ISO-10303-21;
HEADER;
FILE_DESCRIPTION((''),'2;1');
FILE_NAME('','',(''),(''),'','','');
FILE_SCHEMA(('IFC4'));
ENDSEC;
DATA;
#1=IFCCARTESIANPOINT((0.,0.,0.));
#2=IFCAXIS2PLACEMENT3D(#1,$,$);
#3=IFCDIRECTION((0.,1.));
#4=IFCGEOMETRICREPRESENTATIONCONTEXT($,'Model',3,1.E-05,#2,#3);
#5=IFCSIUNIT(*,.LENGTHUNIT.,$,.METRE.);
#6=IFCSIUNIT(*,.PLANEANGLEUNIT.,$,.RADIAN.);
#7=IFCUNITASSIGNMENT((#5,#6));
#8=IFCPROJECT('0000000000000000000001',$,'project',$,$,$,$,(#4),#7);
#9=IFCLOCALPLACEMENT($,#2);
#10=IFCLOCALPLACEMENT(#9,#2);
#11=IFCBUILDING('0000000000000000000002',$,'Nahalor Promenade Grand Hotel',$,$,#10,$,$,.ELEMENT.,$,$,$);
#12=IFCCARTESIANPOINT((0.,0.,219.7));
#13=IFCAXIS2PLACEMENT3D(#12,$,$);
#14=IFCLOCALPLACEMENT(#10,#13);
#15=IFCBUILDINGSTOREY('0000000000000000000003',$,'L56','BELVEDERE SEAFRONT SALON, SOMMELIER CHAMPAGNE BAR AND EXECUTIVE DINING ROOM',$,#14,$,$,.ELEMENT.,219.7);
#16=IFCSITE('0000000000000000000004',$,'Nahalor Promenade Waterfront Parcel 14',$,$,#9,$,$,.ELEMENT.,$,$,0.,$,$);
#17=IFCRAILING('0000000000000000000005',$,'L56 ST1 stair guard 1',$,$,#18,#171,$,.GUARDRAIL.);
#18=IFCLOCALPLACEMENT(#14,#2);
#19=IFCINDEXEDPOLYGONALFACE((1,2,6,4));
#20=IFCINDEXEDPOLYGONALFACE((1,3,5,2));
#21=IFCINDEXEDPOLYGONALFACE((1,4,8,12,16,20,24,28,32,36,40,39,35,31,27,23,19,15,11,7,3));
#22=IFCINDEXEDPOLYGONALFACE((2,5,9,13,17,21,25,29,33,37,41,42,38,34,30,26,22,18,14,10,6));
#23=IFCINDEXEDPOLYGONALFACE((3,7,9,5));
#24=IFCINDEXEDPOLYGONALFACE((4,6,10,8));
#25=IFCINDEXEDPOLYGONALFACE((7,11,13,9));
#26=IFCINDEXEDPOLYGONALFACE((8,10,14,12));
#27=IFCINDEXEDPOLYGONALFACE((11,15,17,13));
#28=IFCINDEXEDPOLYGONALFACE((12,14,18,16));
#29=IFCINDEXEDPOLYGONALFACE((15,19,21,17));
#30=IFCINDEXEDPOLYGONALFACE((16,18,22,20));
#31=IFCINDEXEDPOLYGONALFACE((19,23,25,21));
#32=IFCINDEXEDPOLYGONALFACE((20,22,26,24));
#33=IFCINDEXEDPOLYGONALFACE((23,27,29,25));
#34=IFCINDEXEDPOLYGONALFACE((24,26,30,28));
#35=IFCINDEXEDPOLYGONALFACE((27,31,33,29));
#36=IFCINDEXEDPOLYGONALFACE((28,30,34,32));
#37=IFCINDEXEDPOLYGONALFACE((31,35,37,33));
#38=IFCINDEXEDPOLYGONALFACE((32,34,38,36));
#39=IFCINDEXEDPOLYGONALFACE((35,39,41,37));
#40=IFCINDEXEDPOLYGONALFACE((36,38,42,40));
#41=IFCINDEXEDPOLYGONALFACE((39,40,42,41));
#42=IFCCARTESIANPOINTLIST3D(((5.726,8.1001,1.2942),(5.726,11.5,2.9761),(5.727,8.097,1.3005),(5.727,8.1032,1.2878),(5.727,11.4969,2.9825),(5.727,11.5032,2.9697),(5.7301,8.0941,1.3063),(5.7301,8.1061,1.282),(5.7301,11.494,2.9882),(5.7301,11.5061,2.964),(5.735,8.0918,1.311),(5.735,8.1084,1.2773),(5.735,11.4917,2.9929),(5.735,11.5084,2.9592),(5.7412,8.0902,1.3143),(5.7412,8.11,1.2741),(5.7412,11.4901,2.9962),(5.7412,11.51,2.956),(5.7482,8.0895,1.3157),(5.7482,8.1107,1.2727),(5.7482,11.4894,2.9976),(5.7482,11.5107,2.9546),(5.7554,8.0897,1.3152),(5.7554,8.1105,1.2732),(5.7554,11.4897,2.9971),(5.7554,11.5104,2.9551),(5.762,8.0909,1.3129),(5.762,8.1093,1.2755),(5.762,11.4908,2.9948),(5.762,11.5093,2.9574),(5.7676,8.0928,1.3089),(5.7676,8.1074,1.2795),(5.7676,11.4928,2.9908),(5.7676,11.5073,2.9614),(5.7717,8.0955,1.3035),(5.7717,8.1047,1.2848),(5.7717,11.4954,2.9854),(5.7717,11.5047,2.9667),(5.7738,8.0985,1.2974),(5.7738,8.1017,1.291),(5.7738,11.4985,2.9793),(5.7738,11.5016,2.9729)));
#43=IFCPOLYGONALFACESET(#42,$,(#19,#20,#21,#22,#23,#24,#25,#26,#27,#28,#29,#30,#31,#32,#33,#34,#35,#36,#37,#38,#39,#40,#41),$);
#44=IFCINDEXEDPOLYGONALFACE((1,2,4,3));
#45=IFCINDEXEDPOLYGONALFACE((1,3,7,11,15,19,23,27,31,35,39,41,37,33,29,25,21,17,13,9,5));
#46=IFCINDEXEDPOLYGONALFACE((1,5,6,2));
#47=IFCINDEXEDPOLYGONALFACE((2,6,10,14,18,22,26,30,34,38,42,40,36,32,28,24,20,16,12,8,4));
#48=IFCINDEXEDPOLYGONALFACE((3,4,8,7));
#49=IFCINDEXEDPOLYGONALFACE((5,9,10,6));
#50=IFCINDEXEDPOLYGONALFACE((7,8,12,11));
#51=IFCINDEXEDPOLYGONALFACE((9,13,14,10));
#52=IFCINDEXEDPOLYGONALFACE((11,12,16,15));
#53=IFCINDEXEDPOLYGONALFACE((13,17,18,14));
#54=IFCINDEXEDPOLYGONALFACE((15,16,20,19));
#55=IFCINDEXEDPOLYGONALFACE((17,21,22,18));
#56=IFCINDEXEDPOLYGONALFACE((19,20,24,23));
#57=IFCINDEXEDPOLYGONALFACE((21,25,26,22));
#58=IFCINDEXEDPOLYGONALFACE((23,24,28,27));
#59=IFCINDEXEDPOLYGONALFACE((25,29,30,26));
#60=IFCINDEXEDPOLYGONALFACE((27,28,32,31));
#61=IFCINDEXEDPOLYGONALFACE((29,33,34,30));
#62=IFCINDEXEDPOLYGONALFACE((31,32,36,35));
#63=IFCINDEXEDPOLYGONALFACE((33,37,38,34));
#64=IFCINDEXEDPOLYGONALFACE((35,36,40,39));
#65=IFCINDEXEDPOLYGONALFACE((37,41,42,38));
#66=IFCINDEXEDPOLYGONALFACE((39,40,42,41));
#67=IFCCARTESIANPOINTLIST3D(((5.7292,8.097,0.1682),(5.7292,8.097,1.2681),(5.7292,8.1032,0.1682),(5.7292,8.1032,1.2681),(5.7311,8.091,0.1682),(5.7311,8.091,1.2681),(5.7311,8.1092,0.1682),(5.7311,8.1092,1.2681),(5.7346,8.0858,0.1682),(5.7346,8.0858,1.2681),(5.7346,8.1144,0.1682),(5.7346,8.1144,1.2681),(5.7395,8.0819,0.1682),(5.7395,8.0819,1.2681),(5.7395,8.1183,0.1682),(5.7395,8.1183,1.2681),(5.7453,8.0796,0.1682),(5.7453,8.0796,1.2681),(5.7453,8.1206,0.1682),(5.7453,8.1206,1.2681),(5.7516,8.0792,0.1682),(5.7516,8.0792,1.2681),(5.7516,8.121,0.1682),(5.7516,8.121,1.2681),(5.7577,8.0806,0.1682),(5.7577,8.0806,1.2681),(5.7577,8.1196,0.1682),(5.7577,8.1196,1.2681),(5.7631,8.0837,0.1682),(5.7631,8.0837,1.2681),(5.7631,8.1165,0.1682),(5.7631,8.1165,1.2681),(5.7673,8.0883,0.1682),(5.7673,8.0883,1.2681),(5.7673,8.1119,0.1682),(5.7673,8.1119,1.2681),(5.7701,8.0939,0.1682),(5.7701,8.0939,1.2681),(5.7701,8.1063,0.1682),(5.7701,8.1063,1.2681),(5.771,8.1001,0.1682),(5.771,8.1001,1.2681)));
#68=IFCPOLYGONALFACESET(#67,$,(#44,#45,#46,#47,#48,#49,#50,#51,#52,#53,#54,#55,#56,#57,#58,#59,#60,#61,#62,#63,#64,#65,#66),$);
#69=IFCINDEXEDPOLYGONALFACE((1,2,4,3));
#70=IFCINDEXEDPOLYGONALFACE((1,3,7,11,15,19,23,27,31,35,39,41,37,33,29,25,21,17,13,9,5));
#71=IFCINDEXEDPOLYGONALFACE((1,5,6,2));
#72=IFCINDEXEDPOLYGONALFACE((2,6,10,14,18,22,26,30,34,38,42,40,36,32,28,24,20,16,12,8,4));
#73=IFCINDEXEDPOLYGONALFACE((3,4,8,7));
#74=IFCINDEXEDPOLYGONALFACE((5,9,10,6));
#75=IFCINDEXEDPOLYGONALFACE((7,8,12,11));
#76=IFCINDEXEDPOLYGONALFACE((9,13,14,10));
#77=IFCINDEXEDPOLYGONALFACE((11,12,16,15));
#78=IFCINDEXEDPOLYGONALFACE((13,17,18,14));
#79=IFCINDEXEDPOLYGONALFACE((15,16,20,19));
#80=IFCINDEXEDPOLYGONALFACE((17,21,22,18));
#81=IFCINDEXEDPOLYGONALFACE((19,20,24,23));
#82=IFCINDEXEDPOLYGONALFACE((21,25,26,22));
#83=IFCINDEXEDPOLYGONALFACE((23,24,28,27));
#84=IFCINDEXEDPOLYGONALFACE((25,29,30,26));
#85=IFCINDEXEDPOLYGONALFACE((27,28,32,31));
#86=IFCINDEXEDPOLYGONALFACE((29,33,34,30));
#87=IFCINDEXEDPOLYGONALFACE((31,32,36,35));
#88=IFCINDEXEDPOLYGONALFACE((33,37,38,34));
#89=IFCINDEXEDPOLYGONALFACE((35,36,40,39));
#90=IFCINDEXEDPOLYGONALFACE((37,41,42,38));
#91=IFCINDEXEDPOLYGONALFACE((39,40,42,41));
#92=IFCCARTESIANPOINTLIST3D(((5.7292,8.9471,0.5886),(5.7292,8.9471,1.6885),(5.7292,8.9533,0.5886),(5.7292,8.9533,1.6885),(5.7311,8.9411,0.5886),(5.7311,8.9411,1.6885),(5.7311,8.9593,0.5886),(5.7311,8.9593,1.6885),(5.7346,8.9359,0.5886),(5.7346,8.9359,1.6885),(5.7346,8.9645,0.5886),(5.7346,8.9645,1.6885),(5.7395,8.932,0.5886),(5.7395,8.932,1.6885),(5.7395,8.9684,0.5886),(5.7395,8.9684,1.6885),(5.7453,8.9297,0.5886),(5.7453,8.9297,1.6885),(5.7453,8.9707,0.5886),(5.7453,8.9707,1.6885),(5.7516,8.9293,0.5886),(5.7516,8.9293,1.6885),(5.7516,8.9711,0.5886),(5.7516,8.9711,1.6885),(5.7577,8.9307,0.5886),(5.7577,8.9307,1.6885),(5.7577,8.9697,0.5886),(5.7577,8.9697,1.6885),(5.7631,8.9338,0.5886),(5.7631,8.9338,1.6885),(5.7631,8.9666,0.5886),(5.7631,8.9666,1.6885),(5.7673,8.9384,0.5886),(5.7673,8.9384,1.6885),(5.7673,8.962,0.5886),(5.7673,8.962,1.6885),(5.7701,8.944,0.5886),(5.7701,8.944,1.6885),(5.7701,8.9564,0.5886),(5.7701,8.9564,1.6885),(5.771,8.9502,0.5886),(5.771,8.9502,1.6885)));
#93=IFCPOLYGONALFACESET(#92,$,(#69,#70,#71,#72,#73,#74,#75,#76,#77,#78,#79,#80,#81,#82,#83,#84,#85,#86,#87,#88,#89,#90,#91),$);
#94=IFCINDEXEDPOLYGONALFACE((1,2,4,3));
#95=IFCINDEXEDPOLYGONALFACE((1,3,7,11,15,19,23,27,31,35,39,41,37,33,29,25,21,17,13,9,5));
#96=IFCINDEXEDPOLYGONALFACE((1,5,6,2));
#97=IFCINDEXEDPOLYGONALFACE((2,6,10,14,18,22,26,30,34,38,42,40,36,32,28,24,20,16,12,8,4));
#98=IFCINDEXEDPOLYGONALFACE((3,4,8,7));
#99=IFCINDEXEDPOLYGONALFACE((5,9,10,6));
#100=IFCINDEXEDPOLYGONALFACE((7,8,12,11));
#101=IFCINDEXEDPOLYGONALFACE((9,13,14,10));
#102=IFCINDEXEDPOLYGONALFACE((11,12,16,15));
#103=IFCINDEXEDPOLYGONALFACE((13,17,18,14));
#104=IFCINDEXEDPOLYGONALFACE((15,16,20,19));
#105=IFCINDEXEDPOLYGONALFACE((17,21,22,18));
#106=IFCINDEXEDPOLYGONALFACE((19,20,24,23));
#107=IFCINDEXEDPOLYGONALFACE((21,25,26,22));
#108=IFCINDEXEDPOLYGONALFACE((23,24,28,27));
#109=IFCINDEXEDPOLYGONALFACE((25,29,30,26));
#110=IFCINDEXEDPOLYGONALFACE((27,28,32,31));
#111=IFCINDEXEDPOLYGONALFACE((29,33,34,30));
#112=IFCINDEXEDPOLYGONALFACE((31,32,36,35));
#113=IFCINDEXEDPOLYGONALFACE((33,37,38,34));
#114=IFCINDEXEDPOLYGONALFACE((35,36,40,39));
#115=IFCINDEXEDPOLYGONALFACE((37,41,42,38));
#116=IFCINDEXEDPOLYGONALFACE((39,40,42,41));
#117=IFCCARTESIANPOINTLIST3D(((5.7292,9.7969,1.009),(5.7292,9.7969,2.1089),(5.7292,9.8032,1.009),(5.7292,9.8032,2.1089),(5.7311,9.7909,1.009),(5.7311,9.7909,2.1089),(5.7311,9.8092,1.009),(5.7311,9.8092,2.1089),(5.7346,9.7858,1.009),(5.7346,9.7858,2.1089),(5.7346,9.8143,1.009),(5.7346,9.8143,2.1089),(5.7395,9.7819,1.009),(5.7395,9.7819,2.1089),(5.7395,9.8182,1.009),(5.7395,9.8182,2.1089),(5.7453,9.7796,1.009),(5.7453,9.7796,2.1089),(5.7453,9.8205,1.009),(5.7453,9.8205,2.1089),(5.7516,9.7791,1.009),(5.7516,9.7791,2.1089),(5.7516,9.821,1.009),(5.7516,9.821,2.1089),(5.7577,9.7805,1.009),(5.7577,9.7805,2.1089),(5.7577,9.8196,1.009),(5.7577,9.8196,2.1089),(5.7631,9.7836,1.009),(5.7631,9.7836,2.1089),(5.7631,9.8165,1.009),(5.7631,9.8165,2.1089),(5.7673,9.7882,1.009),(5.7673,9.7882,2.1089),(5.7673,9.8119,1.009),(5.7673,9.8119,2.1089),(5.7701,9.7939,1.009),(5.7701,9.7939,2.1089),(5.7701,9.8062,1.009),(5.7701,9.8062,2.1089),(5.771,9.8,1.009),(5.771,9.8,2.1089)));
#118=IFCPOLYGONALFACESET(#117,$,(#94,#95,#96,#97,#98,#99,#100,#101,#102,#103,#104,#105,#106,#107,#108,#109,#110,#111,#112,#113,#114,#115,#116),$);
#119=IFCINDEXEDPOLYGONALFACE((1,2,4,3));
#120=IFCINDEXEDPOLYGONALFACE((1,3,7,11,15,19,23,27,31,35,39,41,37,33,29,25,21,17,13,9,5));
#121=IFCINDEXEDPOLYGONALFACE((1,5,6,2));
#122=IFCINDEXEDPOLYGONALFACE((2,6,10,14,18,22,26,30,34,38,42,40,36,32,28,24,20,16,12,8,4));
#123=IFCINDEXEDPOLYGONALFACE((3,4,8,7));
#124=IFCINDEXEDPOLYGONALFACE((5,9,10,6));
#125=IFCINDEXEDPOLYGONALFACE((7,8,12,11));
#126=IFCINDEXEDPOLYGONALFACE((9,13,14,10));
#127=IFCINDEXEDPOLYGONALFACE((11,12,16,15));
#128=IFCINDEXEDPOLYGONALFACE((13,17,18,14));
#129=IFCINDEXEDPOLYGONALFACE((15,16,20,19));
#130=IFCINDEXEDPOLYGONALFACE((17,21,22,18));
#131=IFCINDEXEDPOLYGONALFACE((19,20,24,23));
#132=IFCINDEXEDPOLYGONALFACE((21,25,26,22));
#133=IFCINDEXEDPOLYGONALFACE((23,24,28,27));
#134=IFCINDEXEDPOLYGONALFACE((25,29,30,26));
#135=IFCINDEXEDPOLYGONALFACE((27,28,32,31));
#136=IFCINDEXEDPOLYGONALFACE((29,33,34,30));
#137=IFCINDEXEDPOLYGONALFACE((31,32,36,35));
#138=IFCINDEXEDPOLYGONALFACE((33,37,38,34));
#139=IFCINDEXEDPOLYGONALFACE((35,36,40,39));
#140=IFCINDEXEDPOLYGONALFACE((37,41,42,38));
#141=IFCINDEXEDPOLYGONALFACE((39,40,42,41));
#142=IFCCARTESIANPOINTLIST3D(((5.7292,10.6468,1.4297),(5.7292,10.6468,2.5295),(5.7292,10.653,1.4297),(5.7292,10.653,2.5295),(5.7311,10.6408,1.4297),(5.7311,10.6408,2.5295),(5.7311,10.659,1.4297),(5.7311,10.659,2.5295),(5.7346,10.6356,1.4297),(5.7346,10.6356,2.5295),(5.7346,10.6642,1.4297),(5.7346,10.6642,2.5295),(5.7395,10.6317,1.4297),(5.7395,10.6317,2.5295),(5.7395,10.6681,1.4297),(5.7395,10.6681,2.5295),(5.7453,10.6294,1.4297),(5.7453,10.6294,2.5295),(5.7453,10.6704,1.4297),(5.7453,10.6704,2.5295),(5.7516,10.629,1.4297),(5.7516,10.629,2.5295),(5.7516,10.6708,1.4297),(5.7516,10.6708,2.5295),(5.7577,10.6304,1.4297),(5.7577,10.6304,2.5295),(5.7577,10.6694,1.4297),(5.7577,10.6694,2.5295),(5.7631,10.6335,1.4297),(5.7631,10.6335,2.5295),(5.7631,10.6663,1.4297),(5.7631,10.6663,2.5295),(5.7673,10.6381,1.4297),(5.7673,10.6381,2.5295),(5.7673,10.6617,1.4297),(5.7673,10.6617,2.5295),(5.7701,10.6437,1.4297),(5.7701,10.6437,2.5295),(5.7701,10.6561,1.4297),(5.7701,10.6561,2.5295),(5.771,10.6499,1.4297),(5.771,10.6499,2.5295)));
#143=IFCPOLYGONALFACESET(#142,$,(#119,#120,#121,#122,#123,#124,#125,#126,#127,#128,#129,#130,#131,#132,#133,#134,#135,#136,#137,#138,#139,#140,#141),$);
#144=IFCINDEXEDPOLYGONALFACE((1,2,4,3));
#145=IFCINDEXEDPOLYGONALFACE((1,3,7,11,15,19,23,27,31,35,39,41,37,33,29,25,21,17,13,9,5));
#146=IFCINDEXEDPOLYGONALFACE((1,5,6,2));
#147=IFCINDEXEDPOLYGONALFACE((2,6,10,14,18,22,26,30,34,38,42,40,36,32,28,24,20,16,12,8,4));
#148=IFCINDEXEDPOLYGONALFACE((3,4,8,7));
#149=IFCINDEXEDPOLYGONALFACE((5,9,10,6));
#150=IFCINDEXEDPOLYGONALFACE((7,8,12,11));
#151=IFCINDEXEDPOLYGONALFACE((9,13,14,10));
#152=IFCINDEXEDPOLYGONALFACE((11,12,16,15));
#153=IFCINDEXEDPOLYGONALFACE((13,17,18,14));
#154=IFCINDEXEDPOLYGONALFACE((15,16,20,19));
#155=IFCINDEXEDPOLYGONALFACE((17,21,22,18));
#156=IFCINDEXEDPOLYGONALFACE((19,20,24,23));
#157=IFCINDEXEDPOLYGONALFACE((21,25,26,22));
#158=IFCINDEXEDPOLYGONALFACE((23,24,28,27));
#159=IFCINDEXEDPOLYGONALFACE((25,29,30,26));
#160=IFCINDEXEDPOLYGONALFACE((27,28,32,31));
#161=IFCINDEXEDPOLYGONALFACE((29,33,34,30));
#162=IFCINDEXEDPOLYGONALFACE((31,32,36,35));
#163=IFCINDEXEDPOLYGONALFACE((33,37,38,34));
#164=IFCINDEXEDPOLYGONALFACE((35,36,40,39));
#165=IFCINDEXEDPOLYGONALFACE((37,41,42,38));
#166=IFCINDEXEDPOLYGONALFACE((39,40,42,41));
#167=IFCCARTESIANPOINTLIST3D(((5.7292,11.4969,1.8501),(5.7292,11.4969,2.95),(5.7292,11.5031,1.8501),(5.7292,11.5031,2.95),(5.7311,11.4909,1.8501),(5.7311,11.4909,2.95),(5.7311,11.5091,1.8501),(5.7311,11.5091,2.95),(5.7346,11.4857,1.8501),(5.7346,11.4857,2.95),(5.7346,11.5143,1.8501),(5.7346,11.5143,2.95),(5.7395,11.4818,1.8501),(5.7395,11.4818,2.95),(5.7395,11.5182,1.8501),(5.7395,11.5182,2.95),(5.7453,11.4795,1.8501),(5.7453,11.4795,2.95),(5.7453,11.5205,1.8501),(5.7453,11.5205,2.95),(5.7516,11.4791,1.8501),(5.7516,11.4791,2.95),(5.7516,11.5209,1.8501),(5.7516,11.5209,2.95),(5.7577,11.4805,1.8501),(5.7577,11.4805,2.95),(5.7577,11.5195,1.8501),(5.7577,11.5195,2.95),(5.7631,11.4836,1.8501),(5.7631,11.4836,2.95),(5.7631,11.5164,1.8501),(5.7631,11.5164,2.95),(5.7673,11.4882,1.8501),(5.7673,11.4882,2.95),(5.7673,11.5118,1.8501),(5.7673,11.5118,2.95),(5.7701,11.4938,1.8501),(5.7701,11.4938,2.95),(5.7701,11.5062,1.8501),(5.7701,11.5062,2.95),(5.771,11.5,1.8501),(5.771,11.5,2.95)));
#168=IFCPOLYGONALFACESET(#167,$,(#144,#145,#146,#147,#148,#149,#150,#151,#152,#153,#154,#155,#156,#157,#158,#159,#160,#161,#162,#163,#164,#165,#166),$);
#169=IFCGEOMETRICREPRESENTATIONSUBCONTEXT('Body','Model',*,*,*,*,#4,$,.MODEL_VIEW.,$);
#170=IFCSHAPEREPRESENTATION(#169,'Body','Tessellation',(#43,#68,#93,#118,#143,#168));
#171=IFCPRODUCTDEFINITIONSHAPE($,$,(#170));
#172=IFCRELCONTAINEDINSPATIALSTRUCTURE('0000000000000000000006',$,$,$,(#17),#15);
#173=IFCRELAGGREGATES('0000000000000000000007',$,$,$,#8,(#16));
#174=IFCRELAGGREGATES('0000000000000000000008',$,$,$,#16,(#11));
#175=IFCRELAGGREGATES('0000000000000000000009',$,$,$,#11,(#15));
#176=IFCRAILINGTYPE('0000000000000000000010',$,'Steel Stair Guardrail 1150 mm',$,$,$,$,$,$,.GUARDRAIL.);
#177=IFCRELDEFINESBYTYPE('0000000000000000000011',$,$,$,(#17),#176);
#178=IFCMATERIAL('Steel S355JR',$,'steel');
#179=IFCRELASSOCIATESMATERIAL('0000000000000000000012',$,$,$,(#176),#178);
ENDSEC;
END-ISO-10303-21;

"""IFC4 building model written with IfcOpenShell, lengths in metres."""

from ifc_helpers import new_model, si_unit, direction, frame, origin, origin_2d, place, context, subcontext, project, spatial, circle, extrude, material, type_object, element, save


model = new_model("IFC4")

# Units and contexts
model_context = context("Model", 3, precision=1e-05, world=origin(), true_north=direction((0.0, 1.0)))
body_context = subcontext(model_context, "Body", "Model", "MODEL_VIEW")
ifc_project = project(units=[si_unit("LENGTHUNIT", "METRE"), si_unit("PLANEANGLEUNIT", "RADIAN")], contexts=[model_context])

# Site, building, storey
site_placement = place(None, origin())
site = spatial("IfcSite", under=ifc_project, at=site_placement, Name="Nahalor Promenade Waterfront Parcel 14", CompositionType="ELEMENT", RefElevation=0.0)
building_placement = place(site_placement, origin())
building = spatial("IfcBuilding", under=site, at=building_placement, Name="Nahalor Promenade Grand Hotel", CompositionType="ELEMENT")
storey_placement = place(building_placement, frame((0.0, 0.0, 219.7)))
storey = spatial("IfcBuildingStorey", under=building, at=storey_placement, Name="L56", Description="BELVEDERE SEAFRONT SALON, SOMMELIER CHAMPAGNE BAR AND EXECUTIVE DINING ROOM", CompositionType="ELEMENT", Elevation=219.7)

# Shared definitions
ifc_material_1 = material(Name="Steel S355JR", Category="steel")

# Railing
railing_type_1 = type_object("IfcRailingType", Name="Steel Stair Guardrail 1150 mm", PredefinedType="GUARDRAIL", material=ifc_material_1)
railing_1_placement = place(storey_placement, frame((5.75, 8.1001, 0.1682)))
element("IfcRailing", 1, at=railing_1_placement, inside=storey, type_object=railing_type_1, Name="L56 ST1 stair guard 1", PredefinedType="GUARDRAIL", context=body_context, shape_type="SweptSolid", body=[
    extrude(circle(Radius=0.024, at=origin_2d()), frame((0.0, 0.0, 1.126), z_axis=(0.0, 0.896324, 0.443399), x_axis=(-1.0, 0.0, 0.0)), (0.0, 0.0, 1.0), 3.7932),
    extrude(circle(Radius=0.021, at=origin_2d()), origin(), (0.0, 0.0, 1.0), 1.0999),
    extrude(circle(Radius=0.021, at=origin_2d()), frame((0.0, 0.8501, 0.4204)), (0.0, 0.0, 1.0), 1.0999),
    extrude(circle(Radius=0.021, at=origin_2d()), frame((0.0, 1.7, 0.8408)), (0.0, 0.0, 1.0), 1.0999),
    extrude(circle(Radius=0.021, at=origin_2d()), frame((0.0, 2.5498, 1.2615)), (0.0, 0.0, 1.0), 1.0999),
    extrude(circle(Radius=0.021, at=origin_2d()), frame((0.0, 3.3999, 1.6819)), (0.0, 0.0, 1.0), 1.0999),
])

save(model, "model.ifc")
